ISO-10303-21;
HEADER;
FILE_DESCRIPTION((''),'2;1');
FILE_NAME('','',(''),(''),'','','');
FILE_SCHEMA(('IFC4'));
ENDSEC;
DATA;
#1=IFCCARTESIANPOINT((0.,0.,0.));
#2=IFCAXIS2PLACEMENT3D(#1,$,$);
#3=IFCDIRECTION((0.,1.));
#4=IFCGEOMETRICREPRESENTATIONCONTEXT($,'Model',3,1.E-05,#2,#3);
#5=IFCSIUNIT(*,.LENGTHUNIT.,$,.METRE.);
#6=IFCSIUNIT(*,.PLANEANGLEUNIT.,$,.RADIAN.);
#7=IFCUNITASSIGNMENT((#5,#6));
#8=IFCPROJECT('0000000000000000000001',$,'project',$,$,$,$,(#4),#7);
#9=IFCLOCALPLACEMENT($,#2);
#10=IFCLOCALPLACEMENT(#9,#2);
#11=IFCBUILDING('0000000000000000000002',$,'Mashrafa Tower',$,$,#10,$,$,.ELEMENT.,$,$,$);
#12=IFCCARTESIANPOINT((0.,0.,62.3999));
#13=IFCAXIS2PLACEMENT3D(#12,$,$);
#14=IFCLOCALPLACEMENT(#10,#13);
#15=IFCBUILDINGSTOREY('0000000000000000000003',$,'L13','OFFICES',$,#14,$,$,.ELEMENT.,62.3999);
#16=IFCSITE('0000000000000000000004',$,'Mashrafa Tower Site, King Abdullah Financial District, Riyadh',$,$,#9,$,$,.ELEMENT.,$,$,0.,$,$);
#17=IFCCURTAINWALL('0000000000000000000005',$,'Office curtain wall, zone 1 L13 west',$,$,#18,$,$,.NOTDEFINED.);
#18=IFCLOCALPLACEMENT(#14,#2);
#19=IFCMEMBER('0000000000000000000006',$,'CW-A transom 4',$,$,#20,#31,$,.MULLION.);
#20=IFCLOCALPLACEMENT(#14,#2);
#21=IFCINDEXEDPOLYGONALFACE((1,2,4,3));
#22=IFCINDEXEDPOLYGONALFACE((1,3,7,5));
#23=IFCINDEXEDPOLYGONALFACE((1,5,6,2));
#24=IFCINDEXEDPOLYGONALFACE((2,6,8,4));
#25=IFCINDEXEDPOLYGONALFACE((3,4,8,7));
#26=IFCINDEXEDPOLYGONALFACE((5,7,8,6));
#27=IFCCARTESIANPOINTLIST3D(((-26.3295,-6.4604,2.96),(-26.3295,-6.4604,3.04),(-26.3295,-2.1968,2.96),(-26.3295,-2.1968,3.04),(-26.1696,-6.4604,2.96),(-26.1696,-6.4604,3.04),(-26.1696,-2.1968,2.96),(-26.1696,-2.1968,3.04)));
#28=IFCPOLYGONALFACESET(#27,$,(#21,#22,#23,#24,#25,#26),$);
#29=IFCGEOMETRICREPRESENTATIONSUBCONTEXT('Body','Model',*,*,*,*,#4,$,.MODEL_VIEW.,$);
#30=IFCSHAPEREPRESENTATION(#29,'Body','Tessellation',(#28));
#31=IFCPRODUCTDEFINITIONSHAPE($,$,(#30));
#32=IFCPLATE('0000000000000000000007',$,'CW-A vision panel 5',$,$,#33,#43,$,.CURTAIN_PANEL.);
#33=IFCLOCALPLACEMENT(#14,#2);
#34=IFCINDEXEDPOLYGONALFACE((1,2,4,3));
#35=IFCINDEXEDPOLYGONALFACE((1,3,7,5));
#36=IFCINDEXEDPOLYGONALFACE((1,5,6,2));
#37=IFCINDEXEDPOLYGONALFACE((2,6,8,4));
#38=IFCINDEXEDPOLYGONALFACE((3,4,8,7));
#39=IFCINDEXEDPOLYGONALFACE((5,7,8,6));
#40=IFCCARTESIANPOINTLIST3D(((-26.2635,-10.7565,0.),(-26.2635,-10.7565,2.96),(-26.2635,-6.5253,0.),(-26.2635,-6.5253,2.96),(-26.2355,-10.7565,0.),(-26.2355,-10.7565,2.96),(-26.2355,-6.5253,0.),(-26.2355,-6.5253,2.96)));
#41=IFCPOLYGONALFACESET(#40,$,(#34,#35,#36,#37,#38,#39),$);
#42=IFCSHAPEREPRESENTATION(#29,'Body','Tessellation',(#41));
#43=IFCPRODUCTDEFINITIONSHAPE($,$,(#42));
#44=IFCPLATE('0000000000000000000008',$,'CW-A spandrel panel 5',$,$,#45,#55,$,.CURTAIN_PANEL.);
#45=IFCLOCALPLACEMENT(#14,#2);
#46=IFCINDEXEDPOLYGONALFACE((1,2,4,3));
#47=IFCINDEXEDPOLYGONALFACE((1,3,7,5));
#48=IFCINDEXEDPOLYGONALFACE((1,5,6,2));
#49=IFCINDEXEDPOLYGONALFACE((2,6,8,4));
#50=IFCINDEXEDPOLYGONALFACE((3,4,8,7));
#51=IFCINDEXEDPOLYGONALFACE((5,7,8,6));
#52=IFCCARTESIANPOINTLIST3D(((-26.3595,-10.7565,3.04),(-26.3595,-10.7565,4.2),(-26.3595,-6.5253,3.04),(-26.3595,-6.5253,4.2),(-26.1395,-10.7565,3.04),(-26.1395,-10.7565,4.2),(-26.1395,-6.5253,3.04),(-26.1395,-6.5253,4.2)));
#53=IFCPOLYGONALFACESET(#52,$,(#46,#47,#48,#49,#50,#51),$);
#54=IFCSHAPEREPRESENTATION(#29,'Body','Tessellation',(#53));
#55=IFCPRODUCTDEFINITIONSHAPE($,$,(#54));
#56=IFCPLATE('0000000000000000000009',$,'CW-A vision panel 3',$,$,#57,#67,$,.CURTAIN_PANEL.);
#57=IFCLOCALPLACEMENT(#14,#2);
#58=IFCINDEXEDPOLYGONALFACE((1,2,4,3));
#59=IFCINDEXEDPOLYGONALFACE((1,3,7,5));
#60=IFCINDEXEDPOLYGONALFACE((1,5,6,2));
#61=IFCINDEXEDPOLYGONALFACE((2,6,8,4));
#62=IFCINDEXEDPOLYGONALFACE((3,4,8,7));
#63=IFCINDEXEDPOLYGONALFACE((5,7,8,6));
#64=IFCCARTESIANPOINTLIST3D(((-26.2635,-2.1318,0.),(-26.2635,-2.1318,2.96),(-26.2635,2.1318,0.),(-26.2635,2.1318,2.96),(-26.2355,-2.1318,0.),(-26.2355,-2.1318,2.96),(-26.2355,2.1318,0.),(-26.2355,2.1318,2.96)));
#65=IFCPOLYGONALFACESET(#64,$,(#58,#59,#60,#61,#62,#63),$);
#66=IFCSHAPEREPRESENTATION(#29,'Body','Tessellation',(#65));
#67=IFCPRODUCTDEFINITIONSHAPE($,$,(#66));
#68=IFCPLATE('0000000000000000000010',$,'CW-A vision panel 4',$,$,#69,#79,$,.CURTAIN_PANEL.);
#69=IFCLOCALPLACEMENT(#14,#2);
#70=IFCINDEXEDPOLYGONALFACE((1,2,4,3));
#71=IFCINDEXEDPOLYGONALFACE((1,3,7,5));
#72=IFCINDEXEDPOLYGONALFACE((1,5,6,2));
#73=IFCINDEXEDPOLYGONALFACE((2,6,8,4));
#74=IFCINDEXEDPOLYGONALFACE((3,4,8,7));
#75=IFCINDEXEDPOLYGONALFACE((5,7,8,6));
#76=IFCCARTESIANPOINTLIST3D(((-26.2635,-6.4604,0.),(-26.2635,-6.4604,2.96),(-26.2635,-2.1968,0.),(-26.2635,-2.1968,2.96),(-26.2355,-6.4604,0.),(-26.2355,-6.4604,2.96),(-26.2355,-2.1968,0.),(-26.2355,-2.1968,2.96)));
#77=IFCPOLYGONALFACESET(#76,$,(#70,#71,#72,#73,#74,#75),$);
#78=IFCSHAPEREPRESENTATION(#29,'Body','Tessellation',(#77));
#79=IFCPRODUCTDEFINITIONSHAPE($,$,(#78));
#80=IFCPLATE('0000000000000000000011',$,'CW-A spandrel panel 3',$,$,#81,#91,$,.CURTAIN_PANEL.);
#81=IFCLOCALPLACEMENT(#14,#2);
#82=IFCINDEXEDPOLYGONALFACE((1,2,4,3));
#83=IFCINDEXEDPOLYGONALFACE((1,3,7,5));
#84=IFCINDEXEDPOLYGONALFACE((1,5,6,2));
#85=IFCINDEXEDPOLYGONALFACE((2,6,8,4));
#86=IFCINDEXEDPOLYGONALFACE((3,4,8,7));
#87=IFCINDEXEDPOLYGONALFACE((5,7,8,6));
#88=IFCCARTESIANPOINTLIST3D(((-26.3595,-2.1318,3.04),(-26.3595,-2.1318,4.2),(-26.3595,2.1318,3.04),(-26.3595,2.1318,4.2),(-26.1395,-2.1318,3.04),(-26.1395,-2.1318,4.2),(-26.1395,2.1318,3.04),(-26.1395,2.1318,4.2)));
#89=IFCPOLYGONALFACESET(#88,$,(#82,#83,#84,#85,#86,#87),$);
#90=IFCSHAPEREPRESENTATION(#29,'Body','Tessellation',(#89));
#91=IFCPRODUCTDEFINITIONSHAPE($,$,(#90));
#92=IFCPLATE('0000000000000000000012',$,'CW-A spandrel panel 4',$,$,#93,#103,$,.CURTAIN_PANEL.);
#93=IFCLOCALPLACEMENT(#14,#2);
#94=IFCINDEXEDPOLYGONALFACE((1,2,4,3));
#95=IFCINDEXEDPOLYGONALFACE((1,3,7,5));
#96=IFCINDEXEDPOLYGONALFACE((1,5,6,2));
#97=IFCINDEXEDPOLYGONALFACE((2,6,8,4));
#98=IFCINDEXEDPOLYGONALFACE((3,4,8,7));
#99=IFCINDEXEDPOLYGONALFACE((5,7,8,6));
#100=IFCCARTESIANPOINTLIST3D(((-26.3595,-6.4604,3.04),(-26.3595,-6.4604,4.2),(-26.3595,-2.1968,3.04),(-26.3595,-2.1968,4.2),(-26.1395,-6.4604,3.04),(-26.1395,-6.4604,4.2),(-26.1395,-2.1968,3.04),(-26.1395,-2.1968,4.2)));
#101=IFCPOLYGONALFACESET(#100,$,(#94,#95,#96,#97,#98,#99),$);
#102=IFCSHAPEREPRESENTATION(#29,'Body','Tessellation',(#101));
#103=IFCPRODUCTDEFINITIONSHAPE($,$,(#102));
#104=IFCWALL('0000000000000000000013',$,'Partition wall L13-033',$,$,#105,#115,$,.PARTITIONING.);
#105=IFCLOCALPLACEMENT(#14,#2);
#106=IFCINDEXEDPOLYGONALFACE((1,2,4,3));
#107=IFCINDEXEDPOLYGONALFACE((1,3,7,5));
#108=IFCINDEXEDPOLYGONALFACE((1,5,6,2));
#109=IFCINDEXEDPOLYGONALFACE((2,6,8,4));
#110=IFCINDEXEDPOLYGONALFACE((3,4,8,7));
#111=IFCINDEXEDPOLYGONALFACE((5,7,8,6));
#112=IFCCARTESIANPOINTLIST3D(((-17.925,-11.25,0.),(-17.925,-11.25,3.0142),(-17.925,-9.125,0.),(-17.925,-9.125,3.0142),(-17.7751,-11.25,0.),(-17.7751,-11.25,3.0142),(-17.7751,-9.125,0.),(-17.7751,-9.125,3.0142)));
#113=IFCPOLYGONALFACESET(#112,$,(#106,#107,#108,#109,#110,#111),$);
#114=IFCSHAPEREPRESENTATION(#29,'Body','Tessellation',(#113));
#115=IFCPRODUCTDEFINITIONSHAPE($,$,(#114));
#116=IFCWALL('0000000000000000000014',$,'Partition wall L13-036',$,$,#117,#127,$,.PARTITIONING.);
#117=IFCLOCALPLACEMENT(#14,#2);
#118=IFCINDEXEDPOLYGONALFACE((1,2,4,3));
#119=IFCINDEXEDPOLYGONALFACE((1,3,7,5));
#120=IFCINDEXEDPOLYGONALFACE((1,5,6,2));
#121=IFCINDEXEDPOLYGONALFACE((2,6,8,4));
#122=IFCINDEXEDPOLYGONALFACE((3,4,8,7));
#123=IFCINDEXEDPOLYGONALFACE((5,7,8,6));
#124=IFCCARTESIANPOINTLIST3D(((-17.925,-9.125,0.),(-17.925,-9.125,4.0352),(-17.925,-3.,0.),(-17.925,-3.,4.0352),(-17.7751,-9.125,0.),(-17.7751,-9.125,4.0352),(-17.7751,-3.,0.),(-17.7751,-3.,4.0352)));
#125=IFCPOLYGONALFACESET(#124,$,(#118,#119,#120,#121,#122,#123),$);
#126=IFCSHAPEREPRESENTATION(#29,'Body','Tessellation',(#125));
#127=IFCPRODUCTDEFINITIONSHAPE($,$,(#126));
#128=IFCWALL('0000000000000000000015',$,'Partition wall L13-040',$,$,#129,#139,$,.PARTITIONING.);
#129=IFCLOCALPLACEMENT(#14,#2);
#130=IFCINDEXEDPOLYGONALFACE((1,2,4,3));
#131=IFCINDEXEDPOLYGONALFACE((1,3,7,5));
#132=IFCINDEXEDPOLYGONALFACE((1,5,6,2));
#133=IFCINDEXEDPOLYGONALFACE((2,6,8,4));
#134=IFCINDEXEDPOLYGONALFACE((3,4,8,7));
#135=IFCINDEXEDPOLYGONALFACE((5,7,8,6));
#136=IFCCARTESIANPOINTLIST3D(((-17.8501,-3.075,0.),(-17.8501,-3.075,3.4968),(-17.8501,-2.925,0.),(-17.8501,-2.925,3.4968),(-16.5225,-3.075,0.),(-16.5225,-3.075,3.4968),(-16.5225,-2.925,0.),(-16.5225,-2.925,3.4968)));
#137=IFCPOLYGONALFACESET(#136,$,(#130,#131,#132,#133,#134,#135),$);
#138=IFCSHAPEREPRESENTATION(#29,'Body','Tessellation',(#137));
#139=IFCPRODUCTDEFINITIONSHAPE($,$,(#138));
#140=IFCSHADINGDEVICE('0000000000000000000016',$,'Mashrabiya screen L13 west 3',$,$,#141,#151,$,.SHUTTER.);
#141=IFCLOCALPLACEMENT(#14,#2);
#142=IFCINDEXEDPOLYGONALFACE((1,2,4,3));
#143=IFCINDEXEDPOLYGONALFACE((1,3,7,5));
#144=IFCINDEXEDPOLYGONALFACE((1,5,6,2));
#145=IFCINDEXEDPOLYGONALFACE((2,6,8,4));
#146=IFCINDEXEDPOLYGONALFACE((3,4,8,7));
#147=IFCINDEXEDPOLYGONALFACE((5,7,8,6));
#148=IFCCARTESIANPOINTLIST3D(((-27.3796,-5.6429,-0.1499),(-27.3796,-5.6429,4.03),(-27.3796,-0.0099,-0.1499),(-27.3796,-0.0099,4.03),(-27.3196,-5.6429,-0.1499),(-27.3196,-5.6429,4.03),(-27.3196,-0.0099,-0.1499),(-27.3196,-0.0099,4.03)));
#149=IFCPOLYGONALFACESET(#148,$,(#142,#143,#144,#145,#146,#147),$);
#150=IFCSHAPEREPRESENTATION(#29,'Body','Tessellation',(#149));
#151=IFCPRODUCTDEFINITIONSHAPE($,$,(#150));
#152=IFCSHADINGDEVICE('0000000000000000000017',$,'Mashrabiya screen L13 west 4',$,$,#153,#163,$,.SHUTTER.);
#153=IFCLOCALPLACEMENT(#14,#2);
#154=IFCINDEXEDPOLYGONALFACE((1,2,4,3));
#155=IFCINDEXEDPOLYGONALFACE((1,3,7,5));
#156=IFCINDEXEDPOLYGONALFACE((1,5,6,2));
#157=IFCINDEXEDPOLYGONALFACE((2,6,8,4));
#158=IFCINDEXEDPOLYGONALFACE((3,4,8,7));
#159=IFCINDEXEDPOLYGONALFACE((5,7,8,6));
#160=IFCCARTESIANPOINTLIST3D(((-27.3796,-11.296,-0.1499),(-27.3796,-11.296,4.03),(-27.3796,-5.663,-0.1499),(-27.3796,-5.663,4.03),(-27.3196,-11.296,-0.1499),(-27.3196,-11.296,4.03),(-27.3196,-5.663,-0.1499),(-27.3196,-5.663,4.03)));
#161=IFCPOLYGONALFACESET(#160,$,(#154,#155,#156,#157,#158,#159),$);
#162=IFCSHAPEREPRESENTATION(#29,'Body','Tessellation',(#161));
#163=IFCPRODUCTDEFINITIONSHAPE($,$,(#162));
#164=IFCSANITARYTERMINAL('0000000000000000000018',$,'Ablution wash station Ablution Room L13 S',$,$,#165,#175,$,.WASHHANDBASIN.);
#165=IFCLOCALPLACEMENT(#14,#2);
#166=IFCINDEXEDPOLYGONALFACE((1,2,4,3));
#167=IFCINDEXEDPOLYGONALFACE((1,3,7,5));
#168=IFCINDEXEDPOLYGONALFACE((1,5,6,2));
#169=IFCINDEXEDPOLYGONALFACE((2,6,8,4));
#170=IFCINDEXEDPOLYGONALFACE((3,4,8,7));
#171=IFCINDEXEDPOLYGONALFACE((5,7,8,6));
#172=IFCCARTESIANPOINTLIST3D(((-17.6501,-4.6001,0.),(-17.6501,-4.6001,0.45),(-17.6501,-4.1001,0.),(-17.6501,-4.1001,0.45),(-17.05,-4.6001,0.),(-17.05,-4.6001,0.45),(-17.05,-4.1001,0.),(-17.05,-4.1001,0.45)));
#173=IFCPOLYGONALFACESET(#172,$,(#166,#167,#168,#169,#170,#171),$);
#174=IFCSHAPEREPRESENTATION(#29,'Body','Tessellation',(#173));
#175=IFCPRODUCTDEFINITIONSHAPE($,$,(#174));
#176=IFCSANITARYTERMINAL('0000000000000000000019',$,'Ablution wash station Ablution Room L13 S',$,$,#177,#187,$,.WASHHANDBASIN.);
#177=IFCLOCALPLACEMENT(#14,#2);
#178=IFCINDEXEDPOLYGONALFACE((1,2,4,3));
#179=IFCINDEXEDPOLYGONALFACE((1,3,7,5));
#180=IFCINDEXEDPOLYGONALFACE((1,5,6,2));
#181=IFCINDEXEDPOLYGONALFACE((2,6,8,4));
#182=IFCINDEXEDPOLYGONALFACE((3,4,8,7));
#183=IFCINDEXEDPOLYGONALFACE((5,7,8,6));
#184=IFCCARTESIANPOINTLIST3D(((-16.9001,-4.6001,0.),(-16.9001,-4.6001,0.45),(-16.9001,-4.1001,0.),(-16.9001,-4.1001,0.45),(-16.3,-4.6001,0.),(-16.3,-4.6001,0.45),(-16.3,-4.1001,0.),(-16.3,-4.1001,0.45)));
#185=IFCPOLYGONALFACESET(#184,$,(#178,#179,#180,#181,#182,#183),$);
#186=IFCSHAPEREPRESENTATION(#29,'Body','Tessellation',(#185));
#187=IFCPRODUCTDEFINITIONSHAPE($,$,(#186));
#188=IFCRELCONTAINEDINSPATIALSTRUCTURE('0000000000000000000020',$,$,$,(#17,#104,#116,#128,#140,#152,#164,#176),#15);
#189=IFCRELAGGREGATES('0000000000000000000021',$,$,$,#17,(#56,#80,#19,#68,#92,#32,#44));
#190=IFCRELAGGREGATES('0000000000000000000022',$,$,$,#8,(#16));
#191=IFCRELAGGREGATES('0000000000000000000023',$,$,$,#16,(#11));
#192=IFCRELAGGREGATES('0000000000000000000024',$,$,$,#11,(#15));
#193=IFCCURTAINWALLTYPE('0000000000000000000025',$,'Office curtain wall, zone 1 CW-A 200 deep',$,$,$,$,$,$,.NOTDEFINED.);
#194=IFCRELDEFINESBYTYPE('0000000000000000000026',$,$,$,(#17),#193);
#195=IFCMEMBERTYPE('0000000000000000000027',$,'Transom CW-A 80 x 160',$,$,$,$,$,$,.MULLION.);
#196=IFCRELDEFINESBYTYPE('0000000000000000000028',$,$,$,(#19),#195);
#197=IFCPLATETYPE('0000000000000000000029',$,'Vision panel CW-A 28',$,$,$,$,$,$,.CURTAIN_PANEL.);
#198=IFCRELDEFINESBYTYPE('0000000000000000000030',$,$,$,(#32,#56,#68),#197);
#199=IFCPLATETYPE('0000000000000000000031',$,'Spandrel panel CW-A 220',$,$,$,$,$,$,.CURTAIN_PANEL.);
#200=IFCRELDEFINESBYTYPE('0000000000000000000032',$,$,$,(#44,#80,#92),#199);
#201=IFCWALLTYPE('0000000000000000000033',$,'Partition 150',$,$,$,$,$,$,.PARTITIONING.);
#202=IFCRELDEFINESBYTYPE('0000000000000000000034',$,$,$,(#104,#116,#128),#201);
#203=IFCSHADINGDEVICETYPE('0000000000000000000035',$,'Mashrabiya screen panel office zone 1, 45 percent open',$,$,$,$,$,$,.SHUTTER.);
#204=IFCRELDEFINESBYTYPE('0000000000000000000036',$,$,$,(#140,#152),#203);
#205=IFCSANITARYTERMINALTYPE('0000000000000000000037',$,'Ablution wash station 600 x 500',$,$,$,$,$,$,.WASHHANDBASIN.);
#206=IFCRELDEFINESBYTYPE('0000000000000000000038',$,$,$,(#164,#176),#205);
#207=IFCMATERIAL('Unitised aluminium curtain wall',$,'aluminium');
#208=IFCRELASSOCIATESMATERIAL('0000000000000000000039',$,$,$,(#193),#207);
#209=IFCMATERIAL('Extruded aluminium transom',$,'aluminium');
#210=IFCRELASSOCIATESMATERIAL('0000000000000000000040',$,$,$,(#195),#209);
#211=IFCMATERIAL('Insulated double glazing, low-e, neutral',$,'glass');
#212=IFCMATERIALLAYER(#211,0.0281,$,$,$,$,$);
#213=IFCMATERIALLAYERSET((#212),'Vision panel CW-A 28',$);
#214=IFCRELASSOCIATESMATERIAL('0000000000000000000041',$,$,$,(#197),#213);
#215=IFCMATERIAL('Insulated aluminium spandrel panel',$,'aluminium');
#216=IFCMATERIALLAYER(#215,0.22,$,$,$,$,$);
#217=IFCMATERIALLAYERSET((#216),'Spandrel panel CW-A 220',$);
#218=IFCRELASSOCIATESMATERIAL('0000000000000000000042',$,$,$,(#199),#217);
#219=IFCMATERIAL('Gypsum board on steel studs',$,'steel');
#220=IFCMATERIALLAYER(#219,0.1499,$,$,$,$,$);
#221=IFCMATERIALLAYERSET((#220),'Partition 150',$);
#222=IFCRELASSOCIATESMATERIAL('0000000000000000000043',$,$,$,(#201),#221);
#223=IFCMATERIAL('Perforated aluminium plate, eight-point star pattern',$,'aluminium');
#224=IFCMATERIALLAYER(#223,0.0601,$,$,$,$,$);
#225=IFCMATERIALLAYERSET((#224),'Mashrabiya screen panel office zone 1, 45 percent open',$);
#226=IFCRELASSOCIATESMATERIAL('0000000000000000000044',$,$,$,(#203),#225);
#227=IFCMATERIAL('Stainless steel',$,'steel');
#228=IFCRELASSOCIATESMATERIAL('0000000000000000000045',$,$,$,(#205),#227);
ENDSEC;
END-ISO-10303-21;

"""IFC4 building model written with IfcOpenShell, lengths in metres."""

from ifc_helpers import new_model, si_unit, direction, frame, frame_2d, origin, origin_2d, place, context, subcontext, project, spatial, rectangle, extrude, source, transform, mapped, material, layer, layer_set, material_profile, profile_set, type_object, type_shapes, element, aggregate, save


model = new_model("IFC4")

# Units and contexts
model_context = context("Model", 3, precision=1e-05, world=origin(), true_north=direction((0.0, 1.0)))
body_context = subcontext(model_context, "Body", "Model", "MODEL_VIEW")
ifc_project = project(units=[si_unit("LENGTHUNIT", "METRE"), si_unit("PLANEANGLEUNIT", "RADIAN")], contexts=[model_context])

# Site, building, storey
site_placement = place(None, origin())
site = spatial("IfcSite", under=ifc_project, at=site_placement, Name="Mashrafa Tower Site, King Abdullah Financial District, Riyadh", CompositionType="ELEMENT", RefElevation=0.0)
building_placement = place(site_placement, origin())
building = spatial("IfcBuilding", under=site, at=building_placement, Name="Mashrafa Tower", CompositionType="ELEMENT")
storey_placement = place(building_placement, frame((0.0, 0.0, 62.3999)))
storey = spatial("IfcBuildingStorey", under=building, at=storey_placement, Name="L13", Description="OFFICES", CompositionType="ELEMENT", Elevation=62.3999)

# Curtain wall, member, plates
ifc_material_1 = material(Name="Unitised aluminium curtain wall", Category="aluminium")
curtain_wall_type = type_object("IfcCurtainWallType", Name="Office curtain wall, zone 1 CW-A 200 deep", PredefinedType="NOTDEFINED", material=ifc_material_1)
curtain_wall_placement = place(storey_placement, origin())
curtain_wall = element("IfcCurtainWall", 1, at=curtain_wall_placement, inside=storey, type_object=curtain_wall_type, Name="Office curtain wall, zone 1 L13 west", PredefinedType="NOTDEFINED")
ifc_material_2 = material(Name="Extruded aluminium transom", Category="aluminium")
ifc_material_profile_1 = material_profile(ifc_material_2, rectangle(XDim=0.1599, YDim=0.0801, at=origin_2d()), Name="Transom 80x160")
ifc_profile_set_1 = profile_set([ifc_material_profile_1], Name="Extruded aluminium transom")
member_type_1 = type_object("IfcMemberType", Name="Transom CW-A 80 x 160", PredefinedType="MULLION", material=ifc_profile_set_1)
shared_shape_1 = source(origin(), body_context, "Body", "SweptSolid", [
    extrude(rectangle(XDim=0.1599, YDim=0.0801, at=origin_2d()), origin(), (0.0, 0.0, 1.0), 4.2637),
])
member_1_placement = place(storey_placement, frame((-26.2495, -2.1968, 3.0), z_axis=(0.0, -1.0, 0.0), x_axis=(1.0, 0.0, 0.0)))
member_1 = element("IfcMember", 2, at=member_1_placement, type_object=member_type_1, Name="CW-A transom 4", PredefinedType="MULLION", context=body_context, shape_type="MappedRepresentation", body=[
    mapped(shared_shape_1, transform((0.0, 0.0, 0.0))),
])
ifc_material_3 = material(Name="Insulated double glazing, low-e, neutral", Category="glass")
ifc_layer_1 = layer(ifc_material_3, 0.0281)
ifc_layer_set_1 = layer_set([ifc_layer_1], Name="Vision panel CW-A 28")
plate_type_1 = type_object("IfcPlateType", Name="Vision panel CW-A 28", PredefinedType="CURTAIN_PANEL", material=ifc_layer_set_1)
shared_shape_2 = source(origin(), body_context, "Body", "SweptSolid", [
    extrude(rectangle(XDim=4.2312, YDim=0.0281, at=origin_2d()), origin(), (0.0, 0.0, 1.0), 2.96),
])
plate_1_placement = place(storey_placement, frame((-26.2495, -8.6409, 0.0), z_axis=(0.0, 0.0, 1.0), x_axis=(0.0, -1.0, 0.0)))
plate_1 = element("IfcPlate", 3, at=plate_1_placement, type_object=plate_type_1, Name="CW-A vision panel 5", PredefinedType="CURTAIN_PANEL", context=body_context, shape_type="MappedRepresentation", body=[
    mapped(shared_shape_2, transform((0.0, 0.0, 0.0))),
])
ifc_material_4 = material(Name="Insulated aluminium spandrel panel", Category="aluminium")
ifc_layer_2 = layer(ifc_material_4, 0.22)
ifc_layer_set_2 = layer_set([ifc_layer_2], Name="Spandrel panel CW-A 220")
plate_type_2 = type_object("IfcPlateType", Name="Spandrel panel CW-A 220", PredefinedType="CURTAIN_PANEL", material=ifc_layer_set_2)
shared_shape_3 = source(origin(), body_context, "Body", "SweptSolid", [
    extrude(rectangle(XDim=4.2312, YDim=0.22, at=origin_2d()), origin(), (0.0, 0.0, 1.0), 1.1599),
])
plate_2_placement = place(storey_placement, frame((-26.2495, -8.6409, 3.04), z_axis=(0.0, 0.0, 1.0), x_axis=(0.0, -1.0, 0.0)))
plate_2 = element("IfcPlate", 4, at=plate_2_placement, type_object=plate_type_2, Name="CW-A spandrel panel 5", PredefinedType="CURTAIN_PANEL", context=body_context, shape_type="MappedRepresentation", body=[
    mapped(shared_shape_3, transform((0.0, 0.0, 0.0))),
])
shared_shape_4 = source(origin(), body_context, "Body", "SweptSolid", [
    extrude(rectangle(XDim=4.2637, YDim=0.0281, at=origin_2d()), origin(), (0.0, 0.0, 1.0), 2.96),
])
type_shapes(plate_type_1, [shared_shape_2, shared_shape_4])
plate_3_placement = place(storey_placement, frame((-26.2495, 0.0, 0.0), z_axis=(0.0, 0.0, 1.0), x_axis=(0.0, -1.0, 0.0)))
plate_3 = element("IfcPlate", 5, at=plate_3_placement, type_object=plate_type_1, Name="CW-A vision panel 3", PredefinedType="CURTAIN_PANEL", context=body_context, shape_type="MappedRepresentation", body=[
    mapped(shared_shape_4, transform((0.0, 0.0, 0.0))),
])
plate_4_placement = place(storey_placement, frame((-26.2495, -4.3286, 0.0), z_axis=(0.0, 0.0, 1.0), x_axis=(0.0, -1.0, 0.0)))
plate_4 = element("IfcPlate", 6, at=plate_4_placement, type_object=plate_type_1, Name="CW-A vision panel 4", PredefinedType="CURTAIN_PANEL", context=body_context, shape_type="MappedRepresentation", body=[
    mapped(shared_shape_4, transform((0.0, 0.0, 0.0))),
])
shared_shape_5 = source(origin(), body_context, "Body", "SweptSolid", [
    extrude(rectangle(XDim=4.2637, YDim=0.22, at=origin_2d()), origin(), (0.0, 0.0, 1.0), 1.1599),
])
type_shapes(plate_type_2, [shared_shape_3, shared_shape_5])
plate_5_placement = place(storey_placement, frame((-26.2495, 0.0, 3.04), z_axis=(0.0, 0.0, 1.0), x_axis=(0.0, -1.0, 0.0)))
plate_5 = element("IfcPlate", 7, at=plate_5_placement, type_object=plate_type_2, Name="CW-A spandrel panel 3", PredefinedType="CURTAIN_PANEL", context=body_context, shape_type="MappedRepresentation", body=[
    mapped(shared_shape_5, transform((0.0, 0.0, 0.0))),
])
plate_6_placement = place(storey_placement, frame((-26.2495, -4.3286, 3.04), z_axis=(0.0, 0.0, 1.0), x_axis=(0.0, -1.0, 0.0)))
plate_6 = element("IfcPlate", 8, at=plate_6_placement, type_object=plate_type_2, Name="CW-A spandrel panel 4", PredefinedType="CURTAIN_PANEL", context=body_context, shape_type="MappedRepresentation", body=[
    mapped(shared_shape_5, transform((0.0, 0.0, 0.0))),
])
aggregate(curtain_wall, [plate_3, plate_5, member_1, plate_4, plate_6, plate_1, plate_2])

# Walls
ifc_material_5 = material(Name="Gypsum board on steel studs", Category="steel")
ifc_layer_3 = layer(ifc_material_5, 0.1499)
ifc_layer_set_3 = layer_set([ifc_layer_3], Name="Partition 150")
wall_type = type_object("IfcWallType", Name="Partition 150", PredefinedType="PARTITIONING", material=ifc_layer_set_3)
wall_1_placement = place(storey_placement, frame((-17.8501, -9.125, 0.0), z_axis=(0.0, 0.0, 1.0), x_axis=(0.0, -1.0, 0.0)))
element("IfcWall", 9, at=wall_1_placement, inside=storey, type_object=wall_type, Name="Partition wall L13-033", PredefinedType="PARTITIONING", context=body_context, shape_type="SweptSolid", body=[
    extrude(rectangle(XDim=2.125, YDim=0.1499, at=frame_2d((1.0625, 0.0))), origin(), (0.0, 0.0, 1.0), 3.0142),
])
wall_2_placement = place(storey_placement, frame((-17.8501, -9.125, 0.0), z_axis=(0.0, 0.0, 1.0), x_axis=(0.0, 1.0, 0.0)))
element("IfcWall", 10, at=wall_2_placement, inside=storey, type_object=wall_type, Name="Partition wall L13-036", PredefinedType="PARTITIONING", context=body_context, shape_type="SweptSolid", body=[
    extrude(rectangle(XDim=6.125, YDim=0.1499, at=frame_2d((3.0625, 0.0))), origin(), (0.0, 0.0, 1.0), 4.0352),
])
wall_3_placement = place(storey_placement, frame((-16.5225, -3.0, 0.0), z_axis=(0.0, 0.0, 1.0), x_axis=(-1.0, 0.0, 0.0)))
element("IfcWall", 11, at=wall_3_placement, inside=storey, type_object=wall_type, Name="Partition wall L13-040", PredefinedType="PARTITIONING", context=body_context, shape_type="SweptSolid", body=[
    extrude(rectangle(XDim=1.3276, YDim=0.1499, at=frame_2d((0.6638, 0.0))), origin(), (0.0, 0.0, 1.0), 3.4968),
])

# Shading devices
ifc_material_6 = material(Name="Perforated aluminium plate, eight-point star pattern", Category="aluminium")
ifc_layer_4 = layer(ifc_material_6, 0.0601)
ifc_layer_set_4 = layer_set([ifc_layer_4], Name="Mashrabiya screen panel office zone 1, 45 percent open")
shading_device_type = type_object("IfcShadingDeviceType", Name="Mashrabiya screen panel office zone 1, 45 percent open", PredefinedType="SHUTTER", material=ifc_layer_set_4)
shared_shape_6 = source(origin(), body_context, "Body", "SweptSolid", [
    extrude(rectangle(XDim=5.6331, YDim=0.0601, at=origin_2d()), origin(), (0.0, 0.0, 1.0), 4.1799),
])
type_shapes(shading_device_type, [shared_shape_6])
for number, where, z_axis, x_axis, name in (
    (12, (-27.3496, -2.8264, -0.1499), (0.0, 0.0, 1.0), (0.0, -1.0, 0.0), "Mashrabiya screen L13 west 3"),
    (13, (-27.3496, -8.4795, -0.1499), (0.0, 0.0, 1.0), (0.0, -1.0, 0.0), "Mashrabiya screen L13 west 4"),
):
    element("IfcShadingDevice", number, at=place(storey_placement, frame(where, z_axis=z_axis, x_axis=x_axis)), inside=storey, type_object=shading_device_type, Name=name, PredefinedType="SHUTTER", context=body_context, shape_type="MappedRepresentation", body=[
        mapped(shared_shape_6, transform((0.0, 0.0, 0.0))),
    ])

# Sanitary terminals
ifc_material_7 = material(Name="Stainless steel", Category="steel")
sanitary_terminal_type_1 = type_object("IfcSanitaryTerminalType", Name="Ablution wash station 600 x 500", PredefinedType="WASHHANDBASIN", material=ifc_material_7)
for number, where, z_axis, x_axis, name in (
    (14, (-17.3501, -4.3501, 0.0), (0.0, 0.0, 1.0), (1.0, 0.0, 0.0), "Ablution wash station Ablution Room L13 S"),
    (15, (-16.6001, -4.3501, 0.0), (0.0, 0.0, 1.0), (1.0, 0.0, 0.0), "Ablution wash station Ablution Room L13 S"),
):
    element("IfcSanitaryTerminal", number, at=place(storey_placement, frame(where, z_axis=z_axis, x_axis=x_axis)), inside=storey, type_object=sanitary_terminal_type_1, Name=name, PredefinedType="WASHHANDBASIN", context=body_context, shape_type="SweptSolid", body=[
        extrude(rectangle(XDim=0.6001, YDim=0.5, at=origin_2d()), origin(), (0.0, 0.0, 1.0), 0.45),
    ])

save(model, "model.ifc")
